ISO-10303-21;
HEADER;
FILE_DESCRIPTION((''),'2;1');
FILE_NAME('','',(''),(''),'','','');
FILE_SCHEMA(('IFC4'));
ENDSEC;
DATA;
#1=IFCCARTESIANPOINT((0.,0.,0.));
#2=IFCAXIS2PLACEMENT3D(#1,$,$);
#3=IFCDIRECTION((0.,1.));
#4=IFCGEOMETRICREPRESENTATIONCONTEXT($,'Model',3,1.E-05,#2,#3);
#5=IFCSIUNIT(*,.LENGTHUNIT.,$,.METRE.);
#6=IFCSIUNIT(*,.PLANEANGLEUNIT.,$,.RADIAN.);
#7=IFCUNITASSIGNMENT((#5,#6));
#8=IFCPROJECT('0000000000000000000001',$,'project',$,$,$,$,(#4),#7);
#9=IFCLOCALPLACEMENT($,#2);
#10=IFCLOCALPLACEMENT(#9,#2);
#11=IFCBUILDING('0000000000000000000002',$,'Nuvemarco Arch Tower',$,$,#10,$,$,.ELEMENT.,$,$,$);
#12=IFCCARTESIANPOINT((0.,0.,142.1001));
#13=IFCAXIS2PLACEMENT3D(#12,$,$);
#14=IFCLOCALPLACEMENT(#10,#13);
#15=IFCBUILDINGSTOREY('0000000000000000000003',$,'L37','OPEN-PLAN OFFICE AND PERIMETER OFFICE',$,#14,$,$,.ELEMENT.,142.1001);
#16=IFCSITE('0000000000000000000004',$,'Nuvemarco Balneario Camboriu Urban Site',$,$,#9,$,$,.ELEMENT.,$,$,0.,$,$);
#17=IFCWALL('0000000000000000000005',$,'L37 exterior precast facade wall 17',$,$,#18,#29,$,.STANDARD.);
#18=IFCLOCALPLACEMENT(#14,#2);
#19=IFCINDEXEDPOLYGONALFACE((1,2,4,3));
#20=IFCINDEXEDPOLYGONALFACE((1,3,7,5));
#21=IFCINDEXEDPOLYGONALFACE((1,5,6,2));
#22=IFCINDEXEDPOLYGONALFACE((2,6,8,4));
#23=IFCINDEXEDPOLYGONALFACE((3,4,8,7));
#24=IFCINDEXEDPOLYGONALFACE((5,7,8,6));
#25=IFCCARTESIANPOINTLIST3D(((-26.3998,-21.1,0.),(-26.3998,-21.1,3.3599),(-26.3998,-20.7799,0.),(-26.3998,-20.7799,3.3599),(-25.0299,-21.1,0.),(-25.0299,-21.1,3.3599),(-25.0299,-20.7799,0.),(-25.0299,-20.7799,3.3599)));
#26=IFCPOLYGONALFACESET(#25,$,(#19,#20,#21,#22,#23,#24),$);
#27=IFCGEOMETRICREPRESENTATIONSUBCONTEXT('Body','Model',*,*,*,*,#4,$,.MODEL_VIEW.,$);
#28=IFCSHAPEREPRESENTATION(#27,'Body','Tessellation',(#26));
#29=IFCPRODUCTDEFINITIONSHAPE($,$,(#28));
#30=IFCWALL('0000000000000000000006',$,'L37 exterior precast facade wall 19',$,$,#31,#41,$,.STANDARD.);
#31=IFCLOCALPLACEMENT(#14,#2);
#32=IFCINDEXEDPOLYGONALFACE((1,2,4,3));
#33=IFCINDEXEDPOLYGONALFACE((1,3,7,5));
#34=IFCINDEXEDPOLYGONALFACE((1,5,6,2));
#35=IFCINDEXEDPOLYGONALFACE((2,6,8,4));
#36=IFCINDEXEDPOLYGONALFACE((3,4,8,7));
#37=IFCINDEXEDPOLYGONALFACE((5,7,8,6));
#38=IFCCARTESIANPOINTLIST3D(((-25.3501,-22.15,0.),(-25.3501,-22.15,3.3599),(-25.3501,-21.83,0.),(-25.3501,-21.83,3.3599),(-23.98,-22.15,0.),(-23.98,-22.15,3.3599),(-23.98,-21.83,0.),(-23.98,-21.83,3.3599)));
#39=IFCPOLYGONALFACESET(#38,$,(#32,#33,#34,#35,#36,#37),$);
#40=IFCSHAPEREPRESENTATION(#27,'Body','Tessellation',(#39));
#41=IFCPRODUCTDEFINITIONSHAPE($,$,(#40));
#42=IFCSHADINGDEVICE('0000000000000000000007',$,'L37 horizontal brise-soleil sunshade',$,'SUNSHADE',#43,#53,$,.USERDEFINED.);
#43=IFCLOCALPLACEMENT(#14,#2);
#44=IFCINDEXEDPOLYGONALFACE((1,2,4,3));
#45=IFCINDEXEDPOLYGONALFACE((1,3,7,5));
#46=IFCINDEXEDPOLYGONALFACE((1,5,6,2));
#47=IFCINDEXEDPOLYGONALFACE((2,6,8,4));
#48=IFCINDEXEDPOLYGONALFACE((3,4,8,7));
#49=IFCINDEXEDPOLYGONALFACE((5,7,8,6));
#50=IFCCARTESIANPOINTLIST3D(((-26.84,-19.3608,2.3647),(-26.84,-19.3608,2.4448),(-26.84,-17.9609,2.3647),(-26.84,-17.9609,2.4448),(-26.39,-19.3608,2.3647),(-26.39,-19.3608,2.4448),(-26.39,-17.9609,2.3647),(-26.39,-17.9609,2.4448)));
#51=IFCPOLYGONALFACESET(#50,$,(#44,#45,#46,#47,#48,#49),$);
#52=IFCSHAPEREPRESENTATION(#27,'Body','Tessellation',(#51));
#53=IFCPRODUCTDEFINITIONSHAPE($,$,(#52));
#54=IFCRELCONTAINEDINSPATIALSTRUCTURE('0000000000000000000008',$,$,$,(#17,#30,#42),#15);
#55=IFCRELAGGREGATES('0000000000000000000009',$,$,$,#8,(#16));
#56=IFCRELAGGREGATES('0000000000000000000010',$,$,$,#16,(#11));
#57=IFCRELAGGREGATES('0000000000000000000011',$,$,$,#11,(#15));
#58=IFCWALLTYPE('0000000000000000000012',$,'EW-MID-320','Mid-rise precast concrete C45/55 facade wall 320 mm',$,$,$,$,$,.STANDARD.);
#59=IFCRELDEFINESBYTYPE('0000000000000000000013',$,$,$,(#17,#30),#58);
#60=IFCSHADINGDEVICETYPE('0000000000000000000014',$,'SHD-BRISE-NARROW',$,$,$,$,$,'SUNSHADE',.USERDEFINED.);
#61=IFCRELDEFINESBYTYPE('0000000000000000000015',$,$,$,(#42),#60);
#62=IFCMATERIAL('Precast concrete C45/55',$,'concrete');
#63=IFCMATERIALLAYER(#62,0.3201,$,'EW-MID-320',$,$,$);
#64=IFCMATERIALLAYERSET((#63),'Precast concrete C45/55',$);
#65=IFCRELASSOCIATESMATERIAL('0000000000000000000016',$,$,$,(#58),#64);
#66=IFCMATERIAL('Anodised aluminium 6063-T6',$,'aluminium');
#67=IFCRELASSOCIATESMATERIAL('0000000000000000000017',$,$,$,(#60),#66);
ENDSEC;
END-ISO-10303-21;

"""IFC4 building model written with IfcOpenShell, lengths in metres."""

from ifc_helpers import new_model, si_unit, direction, frame, frame_2d, origin, origin_2d, place, context, subcontext, project, spatial, rectangle, extrude, source, transform, mapped, material, layer, layer_set, type_object, type_shapes, element, save


model = new_model("IFC4")

# Units and contexts
model_context = context("Model", 3, precision=1e-05, world=origin(), true_north=direction((0.0, 1.0)))
body_context = subcontext(model_context, "Body", "Model", "MODEL_VIEW")
ifc_project = project(units=[si_unit("LENGTHUNIT", "METRE"), si_unit("PLANEANGLEUNIT", "RADIAN")], contexts=[model_context])

# Site, building, storey
site_placement = place(None, origin())
site = spatial("IfcSite", under=ifc_project, at=site_placement, Name="Nuvemarco Balneario Camboriu Urban Site", CompositionType="ELEMENT", RefElevation=0.0)
building_placement = place(site_placement, origin())
building = spatial("IfcBuilding", under=site, at=building_placement, Name="Nuvemarco Arch Tower", CompositionType="ELEMENT")
storey_placement = place(building_placement, frame((0.0, 0.0, 142.1001)))
storey = spatial("IfcBuildingStorey", under=building, at=storey_placement, Name="L37", Description="OPEN-PLAN OFFICE AND PERIMETER OFFICE", CompositionType="ELEMENT", Elevation=142.1001)

# Shared definitions
ifc_material_1 = material(Name="Precast concrete C45/55", Category="concrete")
ifc_layer = layer(ifc_material_1, 0.3201, Name="EW-MID-320")
ifc_layer_set = layer_set([ifc_layer], Name="Precast concrete C45/55")
wall_type = type_object("IfcWallType", Name="EW-MID-320", Description="Mid-rise precast concrete C45/55 facade wall 320 mm", PredefinedType="STANDARD", material=ifc_layer_set)

# Walls
wall_1_placement = place(storey_placement, frame((-26.3999, -20.9399, 0.0), z_axis=(0.0, 0.0, 1.0), x_axis=(1.0, 0.0, 0.0)))
element("IfcWall", 1, at=wall_1_placement, inside=storey, type_object=wall_type, Name="L37 exterior precast facade wall 17", PredefinedType="STANDARD", context=body_context, shape_type="SweptSolid", body=[
    extrude(rectangle(XDim=1.3699, YDim=0.3201, at=frame_2d((0.6851, 0.0))), origin(), (0.0, 0.0, 1.0), 3.3599),
])
wall_2_placement = place(storey_placement, frame((-25.3501, -21.99, 0.0), z_axis=(0.0, 0.0, 1.0), x_axis=(1.0, 0.0, 0.0)))
element("IfcWall", 2, at=wall_2_placement, inside=storey, type_object=wall_type, Name="L37 exterior precast facade wall 19", PredefinedType="STANDARD", context=body_context, shape_type="SweptSolid", body=[
    extrude(rectangle(XDim=1.3701, YDim=0.3201, at=frame_2d((0.6851, 0.0))), origin(), (0.0, 0.0, 1.0), 3.3599),
])

# Shading device
ifc_material_2 = material(Name="Anodised aluminium 6063-T6", Category="aluminium")
shading_device_type = type_object("IfcShadingDeviceType", Name="SHD-BRISE-NARROW", ElementType="SUNSHADE", PredefinedType="USERDEFINED", material=ifc_material_2)
shared_shape_1 = source(origin(), body_context, "Body", "SweptSolid", [
    extrude(rectangle(XDim=1.3999, YDim=0.45, at=origin_2d()), origin(), (0.0, 0.0, 1.0), 0.0801),
])
type_shapes(shading_device_type, [shared_shape_1])
shading_device_placement = place(storey_placement, frame((-26.615, -18.6609, 2.3647), z_axis=(0.0, 0.0, 1.0), x_axis=(0.0, 1.0, 0.0)))
element("IfcShadingDevice", 3, at=shading_device_placement, inside=storey, type_object=shading_device_type, Name="L37 horizontal brise-soleil sunshade", ObjectType="SUNSHADE", PredefinedType="USERDEFINED", context=body_context, shape_type="MappedRepresentation", body=[
    mapped(shared_shape_1, transform((0.0, 0.0, 0.0), scale=1.0)),
])

save(model, "model.ifc")
